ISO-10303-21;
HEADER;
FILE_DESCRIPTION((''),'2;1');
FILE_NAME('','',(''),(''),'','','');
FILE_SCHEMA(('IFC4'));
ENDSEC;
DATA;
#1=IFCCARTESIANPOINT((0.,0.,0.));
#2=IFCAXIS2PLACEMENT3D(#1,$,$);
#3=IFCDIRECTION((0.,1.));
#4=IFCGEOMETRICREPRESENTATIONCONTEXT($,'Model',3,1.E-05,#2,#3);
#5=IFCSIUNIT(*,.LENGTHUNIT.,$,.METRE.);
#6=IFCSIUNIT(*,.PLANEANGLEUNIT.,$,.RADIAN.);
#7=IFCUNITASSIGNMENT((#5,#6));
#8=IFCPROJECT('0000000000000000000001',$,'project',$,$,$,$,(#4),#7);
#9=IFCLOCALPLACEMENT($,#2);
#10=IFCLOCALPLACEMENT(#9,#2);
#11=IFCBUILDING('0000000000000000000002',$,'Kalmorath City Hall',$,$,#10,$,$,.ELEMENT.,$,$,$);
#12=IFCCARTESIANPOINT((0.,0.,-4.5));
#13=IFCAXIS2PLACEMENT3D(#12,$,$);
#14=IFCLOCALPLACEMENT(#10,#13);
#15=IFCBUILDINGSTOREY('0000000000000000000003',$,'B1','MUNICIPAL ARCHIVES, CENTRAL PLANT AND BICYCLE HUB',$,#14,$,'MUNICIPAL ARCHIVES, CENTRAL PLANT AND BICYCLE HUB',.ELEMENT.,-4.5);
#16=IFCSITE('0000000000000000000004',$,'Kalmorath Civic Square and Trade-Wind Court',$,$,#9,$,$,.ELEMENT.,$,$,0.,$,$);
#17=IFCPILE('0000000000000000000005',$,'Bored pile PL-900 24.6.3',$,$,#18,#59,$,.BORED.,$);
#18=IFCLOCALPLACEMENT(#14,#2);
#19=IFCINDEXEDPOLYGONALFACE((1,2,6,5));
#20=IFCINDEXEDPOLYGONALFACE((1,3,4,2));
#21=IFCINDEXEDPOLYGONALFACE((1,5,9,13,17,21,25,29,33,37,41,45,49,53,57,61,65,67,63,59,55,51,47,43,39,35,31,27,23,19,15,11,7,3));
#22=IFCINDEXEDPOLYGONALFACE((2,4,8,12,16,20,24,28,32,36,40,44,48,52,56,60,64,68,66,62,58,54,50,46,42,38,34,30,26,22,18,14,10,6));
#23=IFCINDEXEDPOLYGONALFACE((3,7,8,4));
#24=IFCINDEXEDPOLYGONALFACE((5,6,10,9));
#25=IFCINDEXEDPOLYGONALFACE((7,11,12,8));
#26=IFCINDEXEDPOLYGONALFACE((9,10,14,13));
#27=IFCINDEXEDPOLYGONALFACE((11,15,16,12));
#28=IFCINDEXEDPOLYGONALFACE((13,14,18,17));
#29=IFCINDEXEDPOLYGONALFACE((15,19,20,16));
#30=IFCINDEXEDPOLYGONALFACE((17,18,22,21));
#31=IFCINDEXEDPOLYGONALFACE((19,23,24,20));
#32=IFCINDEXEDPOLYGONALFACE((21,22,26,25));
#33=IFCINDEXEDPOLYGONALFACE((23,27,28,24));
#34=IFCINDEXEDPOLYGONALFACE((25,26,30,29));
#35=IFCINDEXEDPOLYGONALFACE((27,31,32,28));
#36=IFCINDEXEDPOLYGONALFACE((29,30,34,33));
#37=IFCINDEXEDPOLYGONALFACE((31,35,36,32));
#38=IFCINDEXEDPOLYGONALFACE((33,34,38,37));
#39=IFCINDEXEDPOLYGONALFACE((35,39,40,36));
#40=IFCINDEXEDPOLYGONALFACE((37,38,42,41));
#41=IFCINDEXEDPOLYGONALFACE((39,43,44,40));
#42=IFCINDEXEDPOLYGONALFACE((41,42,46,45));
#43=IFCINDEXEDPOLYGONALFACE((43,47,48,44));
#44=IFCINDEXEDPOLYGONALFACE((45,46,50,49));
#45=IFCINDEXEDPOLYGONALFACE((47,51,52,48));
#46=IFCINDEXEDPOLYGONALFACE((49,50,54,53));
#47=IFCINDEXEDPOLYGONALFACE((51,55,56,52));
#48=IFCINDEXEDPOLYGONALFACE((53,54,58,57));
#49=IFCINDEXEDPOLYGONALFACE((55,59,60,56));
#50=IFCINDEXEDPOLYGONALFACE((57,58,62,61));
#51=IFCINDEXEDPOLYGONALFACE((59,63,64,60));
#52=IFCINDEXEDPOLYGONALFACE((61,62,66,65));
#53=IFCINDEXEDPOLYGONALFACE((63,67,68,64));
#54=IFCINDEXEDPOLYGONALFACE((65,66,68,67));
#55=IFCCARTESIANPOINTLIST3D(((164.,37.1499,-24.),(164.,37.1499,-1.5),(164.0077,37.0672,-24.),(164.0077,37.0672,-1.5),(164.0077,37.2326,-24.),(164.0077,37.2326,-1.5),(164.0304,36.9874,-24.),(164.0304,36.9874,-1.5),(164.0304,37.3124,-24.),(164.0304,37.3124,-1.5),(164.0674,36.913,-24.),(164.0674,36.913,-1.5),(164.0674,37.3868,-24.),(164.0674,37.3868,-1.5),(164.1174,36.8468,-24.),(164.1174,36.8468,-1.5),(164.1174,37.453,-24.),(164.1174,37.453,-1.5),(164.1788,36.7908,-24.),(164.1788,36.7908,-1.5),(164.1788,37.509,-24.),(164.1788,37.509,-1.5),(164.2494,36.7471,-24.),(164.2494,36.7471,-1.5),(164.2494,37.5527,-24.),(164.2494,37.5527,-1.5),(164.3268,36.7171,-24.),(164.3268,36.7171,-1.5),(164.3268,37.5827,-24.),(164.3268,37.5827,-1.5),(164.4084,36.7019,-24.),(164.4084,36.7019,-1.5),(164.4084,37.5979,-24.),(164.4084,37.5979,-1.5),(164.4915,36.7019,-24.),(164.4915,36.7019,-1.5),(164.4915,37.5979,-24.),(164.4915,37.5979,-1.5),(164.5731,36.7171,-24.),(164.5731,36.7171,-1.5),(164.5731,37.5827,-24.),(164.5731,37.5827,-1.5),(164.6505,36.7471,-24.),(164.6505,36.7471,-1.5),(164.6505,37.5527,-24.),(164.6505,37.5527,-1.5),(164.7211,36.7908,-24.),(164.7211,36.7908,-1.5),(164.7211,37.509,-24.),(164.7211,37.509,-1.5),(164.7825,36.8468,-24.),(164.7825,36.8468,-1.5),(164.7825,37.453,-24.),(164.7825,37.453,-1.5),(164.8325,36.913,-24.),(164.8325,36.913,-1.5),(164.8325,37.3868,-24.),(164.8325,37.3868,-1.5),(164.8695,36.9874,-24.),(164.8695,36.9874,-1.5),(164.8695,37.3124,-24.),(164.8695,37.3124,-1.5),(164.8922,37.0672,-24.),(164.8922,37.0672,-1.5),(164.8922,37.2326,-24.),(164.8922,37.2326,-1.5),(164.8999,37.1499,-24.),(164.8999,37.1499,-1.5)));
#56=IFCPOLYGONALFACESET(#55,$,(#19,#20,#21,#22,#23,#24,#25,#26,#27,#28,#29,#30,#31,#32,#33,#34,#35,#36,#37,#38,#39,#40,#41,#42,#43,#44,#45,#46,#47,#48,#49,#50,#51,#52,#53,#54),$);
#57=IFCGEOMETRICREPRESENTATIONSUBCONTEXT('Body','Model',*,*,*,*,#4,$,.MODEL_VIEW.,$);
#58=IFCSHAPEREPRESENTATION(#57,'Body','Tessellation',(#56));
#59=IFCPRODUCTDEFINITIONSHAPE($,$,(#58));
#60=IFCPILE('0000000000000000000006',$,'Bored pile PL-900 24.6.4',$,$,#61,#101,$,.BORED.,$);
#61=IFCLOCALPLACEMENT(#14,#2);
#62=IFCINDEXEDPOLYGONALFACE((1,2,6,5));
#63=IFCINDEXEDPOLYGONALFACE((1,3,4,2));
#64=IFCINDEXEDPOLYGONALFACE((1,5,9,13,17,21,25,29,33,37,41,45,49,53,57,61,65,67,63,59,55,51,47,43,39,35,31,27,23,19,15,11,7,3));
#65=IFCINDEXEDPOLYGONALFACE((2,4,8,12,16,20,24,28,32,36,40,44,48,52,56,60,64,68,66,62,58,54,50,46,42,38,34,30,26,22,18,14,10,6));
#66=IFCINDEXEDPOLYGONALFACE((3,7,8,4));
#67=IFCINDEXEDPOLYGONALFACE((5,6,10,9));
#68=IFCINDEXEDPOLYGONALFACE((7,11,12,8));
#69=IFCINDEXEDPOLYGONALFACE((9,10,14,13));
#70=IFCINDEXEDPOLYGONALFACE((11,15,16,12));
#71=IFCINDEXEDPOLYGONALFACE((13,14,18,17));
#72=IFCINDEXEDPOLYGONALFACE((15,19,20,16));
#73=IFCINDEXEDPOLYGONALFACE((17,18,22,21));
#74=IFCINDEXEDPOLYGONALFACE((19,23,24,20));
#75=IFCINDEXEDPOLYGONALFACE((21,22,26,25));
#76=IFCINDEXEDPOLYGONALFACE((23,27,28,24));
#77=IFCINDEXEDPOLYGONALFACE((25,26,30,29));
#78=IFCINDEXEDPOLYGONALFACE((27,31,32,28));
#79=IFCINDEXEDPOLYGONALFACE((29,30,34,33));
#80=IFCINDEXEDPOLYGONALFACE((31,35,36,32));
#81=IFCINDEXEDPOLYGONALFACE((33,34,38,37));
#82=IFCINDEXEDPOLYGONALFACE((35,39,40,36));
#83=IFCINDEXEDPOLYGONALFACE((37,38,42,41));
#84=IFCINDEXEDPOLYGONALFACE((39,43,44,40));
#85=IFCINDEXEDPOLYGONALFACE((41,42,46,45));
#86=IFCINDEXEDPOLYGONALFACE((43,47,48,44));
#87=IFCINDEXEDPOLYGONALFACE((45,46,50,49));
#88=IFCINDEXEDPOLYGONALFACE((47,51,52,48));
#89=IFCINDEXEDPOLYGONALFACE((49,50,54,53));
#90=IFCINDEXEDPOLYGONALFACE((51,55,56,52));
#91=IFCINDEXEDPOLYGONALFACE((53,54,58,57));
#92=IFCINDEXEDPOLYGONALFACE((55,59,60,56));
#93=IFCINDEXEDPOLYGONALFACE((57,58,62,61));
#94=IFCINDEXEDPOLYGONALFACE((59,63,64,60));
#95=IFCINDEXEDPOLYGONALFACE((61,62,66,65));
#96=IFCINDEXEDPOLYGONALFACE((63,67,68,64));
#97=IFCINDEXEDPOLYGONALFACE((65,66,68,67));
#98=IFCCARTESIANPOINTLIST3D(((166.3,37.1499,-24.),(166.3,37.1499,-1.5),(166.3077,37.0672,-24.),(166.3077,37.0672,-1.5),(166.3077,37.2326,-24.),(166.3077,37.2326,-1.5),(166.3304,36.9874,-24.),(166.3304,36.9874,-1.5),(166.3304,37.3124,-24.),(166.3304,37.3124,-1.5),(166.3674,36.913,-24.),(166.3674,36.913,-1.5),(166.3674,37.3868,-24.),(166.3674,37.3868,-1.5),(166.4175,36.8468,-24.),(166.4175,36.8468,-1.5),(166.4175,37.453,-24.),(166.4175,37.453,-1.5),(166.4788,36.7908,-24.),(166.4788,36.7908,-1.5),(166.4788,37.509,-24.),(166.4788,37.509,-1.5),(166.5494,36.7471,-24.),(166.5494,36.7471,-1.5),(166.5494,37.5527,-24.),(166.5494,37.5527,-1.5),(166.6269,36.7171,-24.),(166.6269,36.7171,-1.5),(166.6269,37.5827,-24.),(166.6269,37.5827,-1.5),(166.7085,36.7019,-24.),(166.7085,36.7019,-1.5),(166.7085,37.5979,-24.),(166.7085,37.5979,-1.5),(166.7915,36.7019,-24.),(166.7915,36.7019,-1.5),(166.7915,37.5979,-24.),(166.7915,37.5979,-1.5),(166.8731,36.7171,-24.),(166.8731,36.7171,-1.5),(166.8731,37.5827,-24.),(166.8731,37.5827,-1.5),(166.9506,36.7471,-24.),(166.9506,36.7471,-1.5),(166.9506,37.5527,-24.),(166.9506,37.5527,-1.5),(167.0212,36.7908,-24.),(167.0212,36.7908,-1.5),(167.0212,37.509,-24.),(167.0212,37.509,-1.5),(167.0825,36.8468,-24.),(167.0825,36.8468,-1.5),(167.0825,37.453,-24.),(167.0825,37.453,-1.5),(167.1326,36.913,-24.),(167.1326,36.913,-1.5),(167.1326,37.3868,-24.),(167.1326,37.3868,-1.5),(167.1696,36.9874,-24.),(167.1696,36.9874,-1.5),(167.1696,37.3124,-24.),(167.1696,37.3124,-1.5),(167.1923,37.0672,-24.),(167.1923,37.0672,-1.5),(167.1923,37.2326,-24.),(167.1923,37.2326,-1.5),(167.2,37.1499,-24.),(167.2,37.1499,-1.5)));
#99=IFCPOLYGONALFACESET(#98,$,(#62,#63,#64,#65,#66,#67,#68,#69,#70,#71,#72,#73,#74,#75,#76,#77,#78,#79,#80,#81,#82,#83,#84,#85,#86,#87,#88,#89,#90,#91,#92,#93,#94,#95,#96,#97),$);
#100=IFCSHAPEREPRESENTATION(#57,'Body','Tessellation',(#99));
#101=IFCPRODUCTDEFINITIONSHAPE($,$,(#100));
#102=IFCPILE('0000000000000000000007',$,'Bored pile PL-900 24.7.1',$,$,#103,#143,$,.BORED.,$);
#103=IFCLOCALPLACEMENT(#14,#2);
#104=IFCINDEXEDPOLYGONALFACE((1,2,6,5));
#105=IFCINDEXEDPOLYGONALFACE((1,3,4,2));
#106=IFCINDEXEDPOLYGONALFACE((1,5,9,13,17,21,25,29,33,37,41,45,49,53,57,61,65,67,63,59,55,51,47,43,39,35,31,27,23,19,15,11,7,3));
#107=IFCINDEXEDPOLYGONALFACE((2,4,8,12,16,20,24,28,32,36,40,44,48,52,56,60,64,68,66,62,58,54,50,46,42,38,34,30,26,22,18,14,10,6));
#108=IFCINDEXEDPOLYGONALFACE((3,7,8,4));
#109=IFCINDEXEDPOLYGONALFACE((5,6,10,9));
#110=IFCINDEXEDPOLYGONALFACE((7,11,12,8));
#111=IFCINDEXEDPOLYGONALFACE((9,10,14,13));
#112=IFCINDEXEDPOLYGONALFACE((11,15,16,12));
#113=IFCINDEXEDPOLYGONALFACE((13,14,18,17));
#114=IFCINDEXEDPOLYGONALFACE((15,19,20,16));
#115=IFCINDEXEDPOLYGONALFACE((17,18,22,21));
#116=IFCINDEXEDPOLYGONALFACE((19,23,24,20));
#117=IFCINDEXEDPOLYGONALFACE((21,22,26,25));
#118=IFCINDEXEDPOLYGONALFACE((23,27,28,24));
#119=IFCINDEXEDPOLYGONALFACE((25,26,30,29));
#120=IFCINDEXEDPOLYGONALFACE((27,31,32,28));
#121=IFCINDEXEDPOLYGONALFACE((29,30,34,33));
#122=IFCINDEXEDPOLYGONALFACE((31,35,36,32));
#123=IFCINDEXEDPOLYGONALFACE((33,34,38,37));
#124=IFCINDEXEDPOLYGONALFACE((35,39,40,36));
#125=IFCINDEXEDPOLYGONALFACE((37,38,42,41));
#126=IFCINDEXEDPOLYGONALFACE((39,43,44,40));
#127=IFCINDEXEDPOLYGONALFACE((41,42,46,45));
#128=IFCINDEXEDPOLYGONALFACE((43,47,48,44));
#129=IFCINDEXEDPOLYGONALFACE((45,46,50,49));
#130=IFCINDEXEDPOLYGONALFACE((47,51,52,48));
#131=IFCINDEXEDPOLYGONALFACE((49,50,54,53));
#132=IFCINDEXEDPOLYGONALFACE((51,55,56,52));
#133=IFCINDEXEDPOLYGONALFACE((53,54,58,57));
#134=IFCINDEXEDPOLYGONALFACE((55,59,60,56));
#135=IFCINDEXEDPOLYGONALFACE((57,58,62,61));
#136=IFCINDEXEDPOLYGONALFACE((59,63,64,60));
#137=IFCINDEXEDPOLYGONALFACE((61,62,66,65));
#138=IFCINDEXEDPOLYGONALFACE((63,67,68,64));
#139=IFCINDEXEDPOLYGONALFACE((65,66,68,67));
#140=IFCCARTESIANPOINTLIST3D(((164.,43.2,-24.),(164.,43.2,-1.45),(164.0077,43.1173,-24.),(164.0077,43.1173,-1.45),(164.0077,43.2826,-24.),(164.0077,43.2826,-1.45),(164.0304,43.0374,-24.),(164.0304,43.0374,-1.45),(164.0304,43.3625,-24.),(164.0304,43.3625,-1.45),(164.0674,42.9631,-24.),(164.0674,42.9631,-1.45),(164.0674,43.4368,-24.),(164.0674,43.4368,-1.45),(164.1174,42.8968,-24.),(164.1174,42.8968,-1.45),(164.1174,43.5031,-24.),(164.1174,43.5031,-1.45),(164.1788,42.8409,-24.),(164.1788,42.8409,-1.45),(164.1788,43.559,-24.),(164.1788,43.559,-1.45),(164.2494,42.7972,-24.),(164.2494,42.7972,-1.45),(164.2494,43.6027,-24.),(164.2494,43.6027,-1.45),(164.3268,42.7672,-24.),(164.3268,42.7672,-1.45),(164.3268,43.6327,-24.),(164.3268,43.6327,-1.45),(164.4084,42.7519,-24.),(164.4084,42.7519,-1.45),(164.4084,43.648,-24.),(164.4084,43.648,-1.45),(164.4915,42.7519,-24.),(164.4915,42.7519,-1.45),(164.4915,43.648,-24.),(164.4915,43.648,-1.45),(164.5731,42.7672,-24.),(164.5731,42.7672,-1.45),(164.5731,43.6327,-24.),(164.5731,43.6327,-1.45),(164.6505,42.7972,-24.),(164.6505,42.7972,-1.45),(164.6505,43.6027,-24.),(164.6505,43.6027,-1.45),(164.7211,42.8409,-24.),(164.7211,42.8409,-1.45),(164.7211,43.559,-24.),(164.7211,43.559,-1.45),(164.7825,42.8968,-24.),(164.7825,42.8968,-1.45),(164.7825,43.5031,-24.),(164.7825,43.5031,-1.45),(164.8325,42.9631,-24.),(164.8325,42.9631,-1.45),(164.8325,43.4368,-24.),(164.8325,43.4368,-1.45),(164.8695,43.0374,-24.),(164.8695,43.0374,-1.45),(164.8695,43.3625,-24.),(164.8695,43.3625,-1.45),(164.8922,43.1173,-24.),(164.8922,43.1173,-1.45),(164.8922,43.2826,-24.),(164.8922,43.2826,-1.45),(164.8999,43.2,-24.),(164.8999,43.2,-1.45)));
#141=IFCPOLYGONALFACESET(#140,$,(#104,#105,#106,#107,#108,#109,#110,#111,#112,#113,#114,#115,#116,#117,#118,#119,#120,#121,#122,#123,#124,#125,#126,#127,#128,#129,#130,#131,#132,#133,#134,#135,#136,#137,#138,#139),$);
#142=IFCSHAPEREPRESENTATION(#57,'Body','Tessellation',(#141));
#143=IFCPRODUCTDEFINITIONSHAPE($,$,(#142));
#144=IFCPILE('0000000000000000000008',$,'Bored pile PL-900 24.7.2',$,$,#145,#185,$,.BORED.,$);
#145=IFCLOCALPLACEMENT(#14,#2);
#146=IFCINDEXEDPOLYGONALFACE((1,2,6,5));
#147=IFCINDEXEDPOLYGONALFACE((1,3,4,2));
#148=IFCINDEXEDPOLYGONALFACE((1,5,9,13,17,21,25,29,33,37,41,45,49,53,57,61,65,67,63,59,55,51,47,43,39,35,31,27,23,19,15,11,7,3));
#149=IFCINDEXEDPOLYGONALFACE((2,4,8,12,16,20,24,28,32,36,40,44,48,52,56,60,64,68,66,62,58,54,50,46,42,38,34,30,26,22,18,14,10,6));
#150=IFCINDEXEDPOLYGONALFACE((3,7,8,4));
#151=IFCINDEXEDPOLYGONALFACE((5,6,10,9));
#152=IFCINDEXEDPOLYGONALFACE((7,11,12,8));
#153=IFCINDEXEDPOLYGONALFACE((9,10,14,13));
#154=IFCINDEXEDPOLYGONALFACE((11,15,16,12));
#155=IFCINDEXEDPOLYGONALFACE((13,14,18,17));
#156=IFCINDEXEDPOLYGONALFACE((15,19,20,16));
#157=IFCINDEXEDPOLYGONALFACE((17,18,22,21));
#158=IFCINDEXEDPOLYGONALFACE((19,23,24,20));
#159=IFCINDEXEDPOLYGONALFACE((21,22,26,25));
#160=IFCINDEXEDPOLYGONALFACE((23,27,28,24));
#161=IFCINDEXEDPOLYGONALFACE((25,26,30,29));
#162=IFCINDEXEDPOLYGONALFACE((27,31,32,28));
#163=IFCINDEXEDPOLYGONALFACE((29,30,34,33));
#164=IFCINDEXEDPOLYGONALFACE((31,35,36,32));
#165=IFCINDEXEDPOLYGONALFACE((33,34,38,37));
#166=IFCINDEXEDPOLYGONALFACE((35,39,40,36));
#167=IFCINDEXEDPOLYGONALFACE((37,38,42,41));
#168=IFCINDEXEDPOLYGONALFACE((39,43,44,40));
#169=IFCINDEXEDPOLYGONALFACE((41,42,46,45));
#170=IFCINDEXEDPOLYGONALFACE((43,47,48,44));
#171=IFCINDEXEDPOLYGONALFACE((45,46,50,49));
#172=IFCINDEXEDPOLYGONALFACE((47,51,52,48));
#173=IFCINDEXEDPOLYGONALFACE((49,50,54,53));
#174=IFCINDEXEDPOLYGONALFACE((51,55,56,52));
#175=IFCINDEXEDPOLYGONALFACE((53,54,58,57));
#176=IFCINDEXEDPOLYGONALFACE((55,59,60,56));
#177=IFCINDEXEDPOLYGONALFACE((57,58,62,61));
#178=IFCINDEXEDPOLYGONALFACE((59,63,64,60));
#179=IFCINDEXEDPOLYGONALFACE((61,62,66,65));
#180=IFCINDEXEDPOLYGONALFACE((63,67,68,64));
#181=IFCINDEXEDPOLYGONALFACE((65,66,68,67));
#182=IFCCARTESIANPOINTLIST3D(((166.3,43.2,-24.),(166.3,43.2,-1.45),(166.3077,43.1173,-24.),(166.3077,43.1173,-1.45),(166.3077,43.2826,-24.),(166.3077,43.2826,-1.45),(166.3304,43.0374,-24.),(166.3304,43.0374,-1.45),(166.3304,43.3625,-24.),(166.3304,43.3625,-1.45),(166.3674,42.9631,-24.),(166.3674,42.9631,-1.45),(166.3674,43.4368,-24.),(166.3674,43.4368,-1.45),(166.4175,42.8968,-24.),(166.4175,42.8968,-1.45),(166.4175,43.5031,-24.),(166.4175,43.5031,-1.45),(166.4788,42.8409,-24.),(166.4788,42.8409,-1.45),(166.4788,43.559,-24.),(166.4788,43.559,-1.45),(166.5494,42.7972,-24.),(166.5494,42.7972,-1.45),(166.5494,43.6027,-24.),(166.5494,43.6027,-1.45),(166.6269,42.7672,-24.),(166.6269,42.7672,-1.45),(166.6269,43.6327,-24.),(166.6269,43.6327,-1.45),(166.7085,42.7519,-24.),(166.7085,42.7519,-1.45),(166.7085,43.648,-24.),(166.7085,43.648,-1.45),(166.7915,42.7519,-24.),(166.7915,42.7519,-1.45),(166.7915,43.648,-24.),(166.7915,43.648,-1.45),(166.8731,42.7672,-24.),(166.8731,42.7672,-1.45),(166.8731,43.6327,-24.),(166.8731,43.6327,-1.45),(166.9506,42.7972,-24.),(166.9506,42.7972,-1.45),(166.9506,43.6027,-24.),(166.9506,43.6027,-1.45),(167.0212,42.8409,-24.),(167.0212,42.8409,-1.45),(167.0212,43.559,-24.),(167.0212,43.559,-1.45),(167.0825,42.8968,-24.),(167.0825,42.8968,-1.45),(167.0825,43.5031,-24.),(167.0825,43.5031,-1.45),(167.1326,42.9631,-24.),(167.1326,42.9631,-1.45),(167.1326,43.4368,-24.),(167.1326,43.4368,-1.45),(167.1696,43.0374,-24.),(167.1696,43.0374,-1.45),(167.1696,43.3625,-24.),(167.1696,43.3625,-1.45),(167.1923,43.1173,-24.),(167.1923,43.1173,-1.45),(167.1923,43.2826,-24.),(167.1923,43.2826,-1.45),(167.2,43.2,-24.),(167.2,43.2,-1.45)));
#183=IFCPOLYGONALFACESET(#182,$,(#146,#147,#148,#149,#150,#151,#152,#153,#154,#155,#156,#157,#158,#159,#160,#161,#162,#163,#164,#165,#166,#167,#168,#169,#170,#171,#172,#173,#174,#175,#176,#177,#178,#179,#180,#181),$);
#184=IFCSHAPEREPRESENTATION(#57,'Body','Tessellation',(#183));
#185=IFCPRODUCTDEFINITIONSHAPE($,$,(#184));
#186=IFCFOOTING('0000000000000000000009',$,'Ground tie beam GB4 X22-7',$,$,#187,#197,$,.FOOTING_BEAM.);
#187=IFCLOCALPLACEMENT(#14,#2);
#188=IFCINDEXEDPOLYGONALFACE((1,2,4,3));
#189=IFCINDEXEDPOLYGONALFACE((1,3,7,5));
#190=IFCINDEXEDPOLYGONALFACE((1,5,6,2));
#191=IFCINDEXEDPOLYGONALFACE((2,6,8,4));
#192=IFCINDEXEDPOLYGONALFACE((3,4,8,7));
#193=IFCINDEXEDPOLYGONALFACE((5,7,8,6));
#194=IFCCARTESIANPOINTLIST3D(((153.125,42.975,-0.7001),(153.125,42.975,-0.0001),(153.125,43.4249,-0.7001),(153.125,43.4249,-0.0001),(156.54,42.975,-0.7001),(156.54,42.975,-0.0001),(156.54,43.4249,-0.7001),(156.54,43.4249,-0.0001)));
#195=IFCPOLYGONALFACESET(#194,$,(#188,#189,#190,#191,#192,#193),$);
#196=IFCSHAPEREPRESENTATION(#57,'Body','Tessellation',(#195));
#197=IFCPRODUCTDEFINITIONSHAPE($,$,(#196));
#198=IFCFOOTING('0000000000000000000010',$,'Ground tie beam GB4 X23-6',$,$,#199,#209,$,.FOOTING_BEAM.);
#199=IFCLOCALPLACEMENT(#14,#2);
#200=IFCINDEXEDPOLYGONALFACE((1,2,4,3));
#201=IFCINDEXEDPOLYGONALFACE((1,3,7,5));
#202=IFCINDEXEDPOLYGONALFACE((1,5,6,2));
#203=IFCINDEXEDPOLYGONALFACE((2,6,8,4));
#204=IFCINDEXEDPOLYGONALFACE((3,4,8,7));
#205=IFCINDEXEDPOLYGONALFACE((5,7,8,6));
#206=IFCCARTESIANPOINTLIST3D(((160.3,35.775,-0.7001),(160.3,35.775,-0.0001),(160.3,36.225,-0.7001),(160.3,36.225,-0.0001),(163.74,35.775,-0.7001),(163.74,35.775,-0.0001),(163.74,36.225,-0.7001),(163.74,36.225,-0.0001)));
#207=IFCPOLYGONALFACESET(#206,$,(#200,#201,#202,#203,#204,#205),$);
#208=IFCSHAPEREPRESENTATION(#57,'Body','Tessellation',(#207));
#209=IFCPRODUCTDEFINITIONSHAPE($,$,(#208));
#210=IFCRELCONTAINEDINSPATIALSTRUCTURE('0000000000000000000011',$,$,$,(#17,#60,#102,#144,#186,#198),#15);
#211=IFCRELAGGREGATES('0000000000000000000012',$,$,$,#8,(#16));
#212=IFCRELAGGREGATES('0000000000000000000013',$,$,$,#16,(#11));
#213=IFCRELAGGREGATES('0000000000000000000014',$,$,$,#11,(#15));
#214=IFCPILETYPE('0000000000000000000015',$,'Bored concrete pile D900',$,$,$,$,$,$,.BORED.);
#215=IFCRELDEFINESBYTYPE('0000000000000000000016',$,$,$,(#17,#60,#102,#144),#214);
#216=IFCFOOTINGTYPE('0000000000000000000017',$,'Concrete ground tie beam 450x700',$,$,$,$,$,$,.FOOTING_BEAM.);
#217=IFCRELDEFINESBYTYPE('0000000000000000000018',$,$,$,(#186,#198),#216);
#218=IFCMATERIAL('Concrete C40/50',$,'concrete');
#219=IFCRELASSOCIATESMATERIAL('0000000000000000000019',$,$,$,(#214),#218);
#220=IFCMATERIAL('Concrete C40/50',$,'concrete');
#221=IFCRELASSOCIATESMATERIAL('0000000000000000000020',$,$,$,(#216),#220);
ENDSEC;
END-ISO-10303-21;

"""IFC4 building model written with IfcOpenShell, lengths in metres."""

from ifc_helpers import new_model, si_unit, direction, frame, origin, origin_2d, place, context, subcontext, project, spatial, rectangle, circle, extrude, material, material_profile, profile_set, type_object, element, save


model = new_model("IFC4")

# Units and contexts
model_context = context("Model", 3, precision=1e-05, world=origin(), true_north=direction((0.0, 1.0)))
body_context = subcontext(model_context, "Body", "Model", "MODEL_VIEW")
ifc_project = project(units=[si_unit("LENGTHUNIT", "METRE"), si_unit("PLANEANGLEUNIT", "RADIAN")], contexts=[model_context])

# Site, building, storey
site_placement = place(None, origin())
site = spatial("IfcSite", under=ifc_project, at=site_placement, Name="Kalmorath Civic Square and Trade-Wind Court", CompositionType="ELEMENT", RefElevation=0.0)
building_placement = place(site_placement, origin())
building = spatial("IfcBuilding", under=site, at=building_placement, Name="Kalmorath City Hall", CompositionType="ELEMENT")
storey_placement = place(building_placement, frame((0.0, 0.0, -4.5)))
storey = spatial("IfcBuildingStorey", under=building, at=storey_placement, Name="B1", Description="MUNICIPAL ARCHIVES, CENTRAL PLANT AND BICYCLE HUB", LongName="MUNICIPAL ARCHIVES, CENTRAL PLANT AND BICYCLE HUB", CompositionType="ELEMENT", Elevation=-4.5)

# Piles
ifc_material_1 = material(Name="Concrete C40/50", Category="concrete")
ifc_material_profile_1 = material_profile(ifc_material_1, circle(Radius=0.45, at=origin_2d()), Name="PILE-D900")
ifc_profile_set_1 = profile_set([ifc_material_profile_1], Name="Concrete C40/50")
pile_type = type_object("IfcPileType", Name="Bored concrete pile D900", PredefinedType="BORED", material=ifc_profile_set_1)
for number, where, z_axis, x_axis, name in (
    (1, (164.45, 37.1499, -1.5), (0.0, 0.0, -1.0), (1.0, 0.0, 0.0), "Bored pile PL-900 24.6.3"),
    (2, (166.75, 37.1499, -1.5), (0.0, 0.0, -1.0), (1.0, 0.0, 0.0), "Bored pile PL-900 24.6.4"),
):
    element("IfcPile", number, at=place(storey_placement, frame(where, z_axis=z_axis, x_axis=x_axis)), inside=storey, type_object=pile_type, Name=name, PredefinedType="BORED", context=body_context, shape_type="SweptSolid", body=[
        extrude(circle(Radius=0.45, at=origin_2d()), origin(), (0.0, 0.0, 1.0), 22.5),
    ])
for number, where, z_axis, x_axis, name in (
    (3, (164.45, 43.2, -1.45), (0.0, 0.0, -1.0), (1.0, 0.0, 0.0), "Bored pile PL-900 24.7.1"),
    (4, (166.75, 43.2, -1.45), (0.0, 0.0, -1.0), (1.0, 0.0, 0.0), "Bored pile PL-900 24.7.2"),
):
    element("IfcPile", number, at=place(storey_placement, frame(where, z_axis=z_axis, x_axis=x_axis)), inside=storey, type_object=pile_type, Name=name, PredefinedType="BORED", context=body_context, shape_type="SweptSolid", body=[
        extrude(circle(Radius=0.45, at=origin_2d()), origin(), (0.0, 0.0, 1.0), 22.55),
    ])

# Footings
ifc_material_2 = material(Name="Concrete C40/50", Category="concrete")
ifc_material_profile_2 = material_profile(ifc_material_2, rectangle(XDim=0.45, YDim=0.7, at=origin_2d()), Name="RC-BM-450X700")
ifc_profile_set_2 = profile_set([ifc_material_profile_2], Name="Concrete C40/50")
footing_type_1 = type_object("IfcFootingType", Name="Concrete ground tie beam 450x700", PredefinedType="FOOTING_BEAM", material=ifc_profile_set_2)
footing_1_placement = place(storey_placement, frame((153.125, 43.2, -0.3501), z_axis=(1.0, 0.0, 0.0), x_axis=(0.0, 1.0, 0.0)))
element("IfcFooting", 5, at=footing_1_placement, inside=storey, type_object=footing_type_1, Name="Ground tie beam GB4 X22-7", PredefinedType="FOOTING_BEAM", context=body_context, shape_type="SweptSolid", body=[
    extrude(rectangle(XDim=0.45, YDim=0.7, at=origin_2d()), origin(), (0.0, 0.0, 1.0), 3.415),
])
footing_2_placement = place(storey_placement, frame((160.3, 36.0, -0.3501), z_axis=(1.0, 0.0, 0.0), x_axis=(0.0, 1.0, 0.0)))
element("IfcFooting", 6, at=footing_2_placement, inside=storey, type_object=footing_type_1, Name="Ground tie beam GB4 X23-6", PredefinedType="FOOTING_BEAM", context=body_context, shape_type="SweptSolid", body=[
    extrude(rectangle(XDim=0.45, YDim=0.7, at=origin_2d()), origin(), (0.0, 0.0, 1.0), 3.4399),
])

save(model, "model.ifc")
